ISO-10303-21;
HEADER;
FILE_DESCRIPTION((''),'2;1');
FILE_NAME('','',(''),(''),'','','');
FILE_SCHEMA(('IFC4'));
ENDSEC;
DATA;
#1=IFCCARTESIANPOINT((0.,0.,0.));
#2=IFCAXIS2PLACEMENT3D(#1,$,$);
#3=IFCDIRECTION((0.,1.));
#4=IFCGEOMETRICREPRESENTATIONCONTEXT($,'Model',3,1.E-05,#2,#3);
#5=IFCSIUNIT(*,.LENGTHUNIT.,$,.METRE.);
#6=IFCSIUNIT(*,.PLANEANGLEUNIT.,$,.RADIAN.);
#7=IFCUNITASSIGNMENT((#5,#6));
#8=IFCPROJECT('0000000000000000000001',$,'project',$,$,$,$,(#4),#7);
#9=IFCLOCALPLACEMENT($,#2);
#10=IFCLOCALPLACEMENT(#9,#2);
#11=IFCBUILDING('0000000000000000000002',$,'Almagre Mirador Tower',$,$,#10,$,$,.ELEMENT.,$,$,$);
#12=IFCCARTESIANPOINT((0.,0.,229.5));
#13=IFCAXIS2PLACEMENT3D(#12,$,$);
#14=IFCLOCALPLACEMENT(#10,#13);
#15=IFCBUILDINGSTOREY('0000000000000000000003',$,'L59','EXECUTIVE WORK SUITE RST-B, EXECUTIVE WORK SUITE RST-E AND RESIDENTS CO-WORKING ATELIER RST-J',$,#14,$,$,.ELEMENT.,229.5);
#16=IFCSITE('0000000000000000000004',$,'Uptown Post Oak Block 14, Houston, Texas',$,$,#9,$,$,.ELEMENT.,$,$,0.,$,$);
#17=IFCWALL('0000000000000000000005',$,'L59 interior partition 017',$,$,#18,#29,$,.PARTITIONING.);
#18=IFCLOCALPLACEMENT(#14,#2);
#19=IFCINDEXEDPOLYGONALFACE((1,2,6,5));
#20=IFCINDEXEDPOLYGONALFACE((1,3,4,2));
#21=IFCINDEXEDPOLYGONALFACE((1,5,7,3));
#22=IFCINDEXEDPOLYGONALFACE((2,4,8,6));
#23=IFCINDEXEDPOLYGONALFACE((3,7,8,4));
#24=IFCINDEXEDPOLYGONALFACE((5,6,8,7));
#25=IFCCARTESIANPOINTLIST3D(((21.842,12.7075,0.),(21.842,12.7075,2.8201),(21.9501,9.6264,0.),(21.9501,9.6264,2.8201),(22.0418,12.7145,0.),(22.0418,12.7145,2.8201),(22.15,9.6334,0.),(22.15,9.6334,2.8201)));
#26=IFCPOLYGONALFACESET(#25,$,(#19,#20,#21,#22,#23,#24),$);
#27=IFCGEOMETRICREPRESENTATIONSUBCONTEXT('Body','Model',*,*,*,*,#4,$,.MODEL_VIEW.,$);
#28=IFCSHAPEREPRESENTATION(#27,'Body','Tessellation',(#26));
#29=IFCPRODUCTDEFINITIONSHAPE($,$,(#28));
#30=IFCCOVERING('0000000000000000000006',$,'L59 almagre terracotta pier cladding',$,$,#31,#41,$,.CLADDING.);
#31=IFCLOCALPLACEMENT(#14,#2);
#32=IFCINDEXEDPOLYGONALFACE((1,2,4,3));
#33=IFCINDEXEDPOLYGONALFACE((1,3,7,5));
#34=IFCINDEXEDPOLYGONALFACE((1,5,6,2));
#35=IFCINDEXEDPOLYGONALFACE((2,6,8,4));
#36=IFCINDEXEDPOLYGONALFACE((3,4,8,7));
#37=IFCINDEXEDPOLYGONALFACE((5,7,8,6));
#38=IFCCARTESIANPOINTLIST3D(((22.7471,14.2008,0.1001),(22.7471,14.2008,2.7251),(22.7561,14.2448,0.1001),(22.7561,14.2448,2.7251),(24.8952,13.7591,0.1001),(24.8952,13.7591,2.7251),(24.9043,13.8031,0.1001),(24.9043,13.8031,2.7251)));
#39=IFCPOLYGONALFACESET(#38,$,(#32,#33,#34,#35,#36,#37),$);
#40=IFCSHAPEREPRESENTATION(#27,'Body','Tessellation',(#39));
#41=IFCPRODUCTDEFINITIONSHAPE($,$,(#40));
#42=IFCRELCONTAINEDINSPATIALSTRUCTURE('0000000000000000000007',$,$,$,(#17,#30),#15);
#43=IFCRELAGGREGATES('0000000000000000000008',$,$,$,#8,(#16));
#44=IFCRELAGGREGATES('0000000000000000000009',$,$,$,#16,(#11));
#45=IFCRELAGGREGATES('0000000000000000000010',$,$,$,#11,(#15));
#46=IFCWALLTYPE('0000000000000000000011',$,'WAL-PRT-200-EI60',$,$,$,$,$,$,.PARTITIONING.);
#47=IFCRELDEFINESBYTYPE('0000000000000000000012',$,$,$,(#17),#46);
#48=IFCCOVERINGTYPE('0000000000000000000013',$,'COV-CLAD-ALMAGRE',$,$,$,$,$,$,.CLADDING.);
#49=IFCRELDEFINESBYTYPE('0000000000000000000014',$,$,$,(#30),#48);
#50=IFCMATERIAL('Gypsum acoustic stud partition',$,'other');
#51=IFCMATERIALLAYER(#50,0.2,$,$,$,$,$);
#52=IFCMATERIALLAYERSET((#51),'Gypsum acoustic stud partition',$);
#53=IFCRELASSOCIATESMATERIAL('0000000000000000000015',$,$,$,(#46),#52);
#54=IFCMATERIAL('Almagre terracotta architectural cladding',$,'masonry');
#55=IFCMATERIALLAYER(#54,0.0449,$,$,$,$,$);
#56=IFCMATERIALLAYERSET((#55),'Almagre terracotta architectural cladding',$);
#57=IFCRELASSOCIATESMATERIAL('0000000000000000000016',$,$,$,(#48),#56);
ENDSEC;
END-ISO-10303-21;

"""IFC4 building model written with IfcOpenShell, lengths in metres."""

from ifc_helpers import new_model, si_unit, direction, frame, frame_2d, origin, origin_2d, place, context, subcontext, project, spatial, rectangle, extrude, material, layer, layer_set, type_object, element, save


model = new_model("IFC4")

# Units and contexts
model_context = context("Model", 3, precision=1e-05, world=origin(), true_north=direction((0.0, 1.0)))
body_context = subcontext(model_context, "Body", "Model", "MODEL_VIEW")
ifc_project = project(units=[si_unit("LENGTHUNIT", "METRE"), si_unit("PLANEANGLEUNIT", "RADIAN")], contexts=[model_context])

# Site, building, storey
site_placement = place(None, origin())
site = spatial("IfcSite", under=ifc_project, at=site_placement, Name="Uptown Post Oak Block 14, Houston, Texas", CompositionType="ELEMENT", RefElevation=0.0)
building_placement = place(site_placement, origin())
building = spatial("IfcBuilding", under=site, at=building_placement, Name="Almagre Mirador Tower", CompositionType="ELEMENT")
storey_placement = place(building_placement, frame((0.0, 0.0, 229.5)))
storey = spatial("IfcBuildingStorey", under=building, at=storey_placement, Name="L59", Description="EXECUTIVE WORK SUITE RST-B, EXECUTIVE WORK SUITE RST-E AND RESIDENTS CO-WORKING ATELIER RST-J", CompositionType="ELEMENT", Elevation=229.5)

# Wall
ifc_material_1 = material(Name="Gypsum acoustic stud partition", Category="other")
ifc_layer_1 = layer(ifc_material_1, 0.2)
ifc_layer_set_1 = layer_set([ifc_layer_1], Name="Gypsum acoustic stud partition")
wall_type_1 = type_object("IfcWallType", Name="WAL-PRT-200-EI60", PredefinedType="PARTITIONING", material=ifc_layer_set_1)
wall_1_placement = place(storey_placement, frame((22.05, 9.6299, 0.0), z_axis=(0.0, 0.0, 1.0), x_axis=(-0.035081, 0.999384, 0.0)))
element("IfcWall", 1, at=wall_1_placement, inside=storey, type_object=wall_type_1, Name="L59 interior partition 017", PredefinedType="PARTITIONING", context=body_context, shape_type="SweptSolid", body=[
    extrude(rectangle(XDim=3.083, YDim=0.2, at=frame_2d((1.5415, 0.0))), origin(), (0.0, 0.0, 1.0), 2.8201),
])

# Covering
ifc_material_2 = material(Name="Almagre terracotta architectural cladding", Category="masonry")
ifc_layer_2 = layer(ifc_material_2, 0.0449)
ifc_layer_set_2 = layer_set([ifc_layer_2], Name="Almagre terracotta architectural cladding")
covering_type = type_object("IfcCoveringType", Name="COV-CLAD-ALMAGRE", PredefinedType="CLADDING", material=ifc_layer_set_2)
covering_placement = place(storey_placement, frame((23.8257, 14.002, 0.1001), z_axis=(0.0, 0.0, 1.0), x_axis=(0.979501, -0.201437, 0.0)))
element("IfcCovering", 2, at=covering_placement, inside=storey, type_object=covering_type, Name="L59 almagre terracotta pier cladding", PredefinedType="CLADDING", context=body_context, shape_type="SweptSolid", body=[
    extrude(rectangle(XDim=2.1931, YDim=0.0449, at=origin_2d()), origin(), (0.0, 0.0, 1.0), 2.625),
])

save(model, "model.ifc")
